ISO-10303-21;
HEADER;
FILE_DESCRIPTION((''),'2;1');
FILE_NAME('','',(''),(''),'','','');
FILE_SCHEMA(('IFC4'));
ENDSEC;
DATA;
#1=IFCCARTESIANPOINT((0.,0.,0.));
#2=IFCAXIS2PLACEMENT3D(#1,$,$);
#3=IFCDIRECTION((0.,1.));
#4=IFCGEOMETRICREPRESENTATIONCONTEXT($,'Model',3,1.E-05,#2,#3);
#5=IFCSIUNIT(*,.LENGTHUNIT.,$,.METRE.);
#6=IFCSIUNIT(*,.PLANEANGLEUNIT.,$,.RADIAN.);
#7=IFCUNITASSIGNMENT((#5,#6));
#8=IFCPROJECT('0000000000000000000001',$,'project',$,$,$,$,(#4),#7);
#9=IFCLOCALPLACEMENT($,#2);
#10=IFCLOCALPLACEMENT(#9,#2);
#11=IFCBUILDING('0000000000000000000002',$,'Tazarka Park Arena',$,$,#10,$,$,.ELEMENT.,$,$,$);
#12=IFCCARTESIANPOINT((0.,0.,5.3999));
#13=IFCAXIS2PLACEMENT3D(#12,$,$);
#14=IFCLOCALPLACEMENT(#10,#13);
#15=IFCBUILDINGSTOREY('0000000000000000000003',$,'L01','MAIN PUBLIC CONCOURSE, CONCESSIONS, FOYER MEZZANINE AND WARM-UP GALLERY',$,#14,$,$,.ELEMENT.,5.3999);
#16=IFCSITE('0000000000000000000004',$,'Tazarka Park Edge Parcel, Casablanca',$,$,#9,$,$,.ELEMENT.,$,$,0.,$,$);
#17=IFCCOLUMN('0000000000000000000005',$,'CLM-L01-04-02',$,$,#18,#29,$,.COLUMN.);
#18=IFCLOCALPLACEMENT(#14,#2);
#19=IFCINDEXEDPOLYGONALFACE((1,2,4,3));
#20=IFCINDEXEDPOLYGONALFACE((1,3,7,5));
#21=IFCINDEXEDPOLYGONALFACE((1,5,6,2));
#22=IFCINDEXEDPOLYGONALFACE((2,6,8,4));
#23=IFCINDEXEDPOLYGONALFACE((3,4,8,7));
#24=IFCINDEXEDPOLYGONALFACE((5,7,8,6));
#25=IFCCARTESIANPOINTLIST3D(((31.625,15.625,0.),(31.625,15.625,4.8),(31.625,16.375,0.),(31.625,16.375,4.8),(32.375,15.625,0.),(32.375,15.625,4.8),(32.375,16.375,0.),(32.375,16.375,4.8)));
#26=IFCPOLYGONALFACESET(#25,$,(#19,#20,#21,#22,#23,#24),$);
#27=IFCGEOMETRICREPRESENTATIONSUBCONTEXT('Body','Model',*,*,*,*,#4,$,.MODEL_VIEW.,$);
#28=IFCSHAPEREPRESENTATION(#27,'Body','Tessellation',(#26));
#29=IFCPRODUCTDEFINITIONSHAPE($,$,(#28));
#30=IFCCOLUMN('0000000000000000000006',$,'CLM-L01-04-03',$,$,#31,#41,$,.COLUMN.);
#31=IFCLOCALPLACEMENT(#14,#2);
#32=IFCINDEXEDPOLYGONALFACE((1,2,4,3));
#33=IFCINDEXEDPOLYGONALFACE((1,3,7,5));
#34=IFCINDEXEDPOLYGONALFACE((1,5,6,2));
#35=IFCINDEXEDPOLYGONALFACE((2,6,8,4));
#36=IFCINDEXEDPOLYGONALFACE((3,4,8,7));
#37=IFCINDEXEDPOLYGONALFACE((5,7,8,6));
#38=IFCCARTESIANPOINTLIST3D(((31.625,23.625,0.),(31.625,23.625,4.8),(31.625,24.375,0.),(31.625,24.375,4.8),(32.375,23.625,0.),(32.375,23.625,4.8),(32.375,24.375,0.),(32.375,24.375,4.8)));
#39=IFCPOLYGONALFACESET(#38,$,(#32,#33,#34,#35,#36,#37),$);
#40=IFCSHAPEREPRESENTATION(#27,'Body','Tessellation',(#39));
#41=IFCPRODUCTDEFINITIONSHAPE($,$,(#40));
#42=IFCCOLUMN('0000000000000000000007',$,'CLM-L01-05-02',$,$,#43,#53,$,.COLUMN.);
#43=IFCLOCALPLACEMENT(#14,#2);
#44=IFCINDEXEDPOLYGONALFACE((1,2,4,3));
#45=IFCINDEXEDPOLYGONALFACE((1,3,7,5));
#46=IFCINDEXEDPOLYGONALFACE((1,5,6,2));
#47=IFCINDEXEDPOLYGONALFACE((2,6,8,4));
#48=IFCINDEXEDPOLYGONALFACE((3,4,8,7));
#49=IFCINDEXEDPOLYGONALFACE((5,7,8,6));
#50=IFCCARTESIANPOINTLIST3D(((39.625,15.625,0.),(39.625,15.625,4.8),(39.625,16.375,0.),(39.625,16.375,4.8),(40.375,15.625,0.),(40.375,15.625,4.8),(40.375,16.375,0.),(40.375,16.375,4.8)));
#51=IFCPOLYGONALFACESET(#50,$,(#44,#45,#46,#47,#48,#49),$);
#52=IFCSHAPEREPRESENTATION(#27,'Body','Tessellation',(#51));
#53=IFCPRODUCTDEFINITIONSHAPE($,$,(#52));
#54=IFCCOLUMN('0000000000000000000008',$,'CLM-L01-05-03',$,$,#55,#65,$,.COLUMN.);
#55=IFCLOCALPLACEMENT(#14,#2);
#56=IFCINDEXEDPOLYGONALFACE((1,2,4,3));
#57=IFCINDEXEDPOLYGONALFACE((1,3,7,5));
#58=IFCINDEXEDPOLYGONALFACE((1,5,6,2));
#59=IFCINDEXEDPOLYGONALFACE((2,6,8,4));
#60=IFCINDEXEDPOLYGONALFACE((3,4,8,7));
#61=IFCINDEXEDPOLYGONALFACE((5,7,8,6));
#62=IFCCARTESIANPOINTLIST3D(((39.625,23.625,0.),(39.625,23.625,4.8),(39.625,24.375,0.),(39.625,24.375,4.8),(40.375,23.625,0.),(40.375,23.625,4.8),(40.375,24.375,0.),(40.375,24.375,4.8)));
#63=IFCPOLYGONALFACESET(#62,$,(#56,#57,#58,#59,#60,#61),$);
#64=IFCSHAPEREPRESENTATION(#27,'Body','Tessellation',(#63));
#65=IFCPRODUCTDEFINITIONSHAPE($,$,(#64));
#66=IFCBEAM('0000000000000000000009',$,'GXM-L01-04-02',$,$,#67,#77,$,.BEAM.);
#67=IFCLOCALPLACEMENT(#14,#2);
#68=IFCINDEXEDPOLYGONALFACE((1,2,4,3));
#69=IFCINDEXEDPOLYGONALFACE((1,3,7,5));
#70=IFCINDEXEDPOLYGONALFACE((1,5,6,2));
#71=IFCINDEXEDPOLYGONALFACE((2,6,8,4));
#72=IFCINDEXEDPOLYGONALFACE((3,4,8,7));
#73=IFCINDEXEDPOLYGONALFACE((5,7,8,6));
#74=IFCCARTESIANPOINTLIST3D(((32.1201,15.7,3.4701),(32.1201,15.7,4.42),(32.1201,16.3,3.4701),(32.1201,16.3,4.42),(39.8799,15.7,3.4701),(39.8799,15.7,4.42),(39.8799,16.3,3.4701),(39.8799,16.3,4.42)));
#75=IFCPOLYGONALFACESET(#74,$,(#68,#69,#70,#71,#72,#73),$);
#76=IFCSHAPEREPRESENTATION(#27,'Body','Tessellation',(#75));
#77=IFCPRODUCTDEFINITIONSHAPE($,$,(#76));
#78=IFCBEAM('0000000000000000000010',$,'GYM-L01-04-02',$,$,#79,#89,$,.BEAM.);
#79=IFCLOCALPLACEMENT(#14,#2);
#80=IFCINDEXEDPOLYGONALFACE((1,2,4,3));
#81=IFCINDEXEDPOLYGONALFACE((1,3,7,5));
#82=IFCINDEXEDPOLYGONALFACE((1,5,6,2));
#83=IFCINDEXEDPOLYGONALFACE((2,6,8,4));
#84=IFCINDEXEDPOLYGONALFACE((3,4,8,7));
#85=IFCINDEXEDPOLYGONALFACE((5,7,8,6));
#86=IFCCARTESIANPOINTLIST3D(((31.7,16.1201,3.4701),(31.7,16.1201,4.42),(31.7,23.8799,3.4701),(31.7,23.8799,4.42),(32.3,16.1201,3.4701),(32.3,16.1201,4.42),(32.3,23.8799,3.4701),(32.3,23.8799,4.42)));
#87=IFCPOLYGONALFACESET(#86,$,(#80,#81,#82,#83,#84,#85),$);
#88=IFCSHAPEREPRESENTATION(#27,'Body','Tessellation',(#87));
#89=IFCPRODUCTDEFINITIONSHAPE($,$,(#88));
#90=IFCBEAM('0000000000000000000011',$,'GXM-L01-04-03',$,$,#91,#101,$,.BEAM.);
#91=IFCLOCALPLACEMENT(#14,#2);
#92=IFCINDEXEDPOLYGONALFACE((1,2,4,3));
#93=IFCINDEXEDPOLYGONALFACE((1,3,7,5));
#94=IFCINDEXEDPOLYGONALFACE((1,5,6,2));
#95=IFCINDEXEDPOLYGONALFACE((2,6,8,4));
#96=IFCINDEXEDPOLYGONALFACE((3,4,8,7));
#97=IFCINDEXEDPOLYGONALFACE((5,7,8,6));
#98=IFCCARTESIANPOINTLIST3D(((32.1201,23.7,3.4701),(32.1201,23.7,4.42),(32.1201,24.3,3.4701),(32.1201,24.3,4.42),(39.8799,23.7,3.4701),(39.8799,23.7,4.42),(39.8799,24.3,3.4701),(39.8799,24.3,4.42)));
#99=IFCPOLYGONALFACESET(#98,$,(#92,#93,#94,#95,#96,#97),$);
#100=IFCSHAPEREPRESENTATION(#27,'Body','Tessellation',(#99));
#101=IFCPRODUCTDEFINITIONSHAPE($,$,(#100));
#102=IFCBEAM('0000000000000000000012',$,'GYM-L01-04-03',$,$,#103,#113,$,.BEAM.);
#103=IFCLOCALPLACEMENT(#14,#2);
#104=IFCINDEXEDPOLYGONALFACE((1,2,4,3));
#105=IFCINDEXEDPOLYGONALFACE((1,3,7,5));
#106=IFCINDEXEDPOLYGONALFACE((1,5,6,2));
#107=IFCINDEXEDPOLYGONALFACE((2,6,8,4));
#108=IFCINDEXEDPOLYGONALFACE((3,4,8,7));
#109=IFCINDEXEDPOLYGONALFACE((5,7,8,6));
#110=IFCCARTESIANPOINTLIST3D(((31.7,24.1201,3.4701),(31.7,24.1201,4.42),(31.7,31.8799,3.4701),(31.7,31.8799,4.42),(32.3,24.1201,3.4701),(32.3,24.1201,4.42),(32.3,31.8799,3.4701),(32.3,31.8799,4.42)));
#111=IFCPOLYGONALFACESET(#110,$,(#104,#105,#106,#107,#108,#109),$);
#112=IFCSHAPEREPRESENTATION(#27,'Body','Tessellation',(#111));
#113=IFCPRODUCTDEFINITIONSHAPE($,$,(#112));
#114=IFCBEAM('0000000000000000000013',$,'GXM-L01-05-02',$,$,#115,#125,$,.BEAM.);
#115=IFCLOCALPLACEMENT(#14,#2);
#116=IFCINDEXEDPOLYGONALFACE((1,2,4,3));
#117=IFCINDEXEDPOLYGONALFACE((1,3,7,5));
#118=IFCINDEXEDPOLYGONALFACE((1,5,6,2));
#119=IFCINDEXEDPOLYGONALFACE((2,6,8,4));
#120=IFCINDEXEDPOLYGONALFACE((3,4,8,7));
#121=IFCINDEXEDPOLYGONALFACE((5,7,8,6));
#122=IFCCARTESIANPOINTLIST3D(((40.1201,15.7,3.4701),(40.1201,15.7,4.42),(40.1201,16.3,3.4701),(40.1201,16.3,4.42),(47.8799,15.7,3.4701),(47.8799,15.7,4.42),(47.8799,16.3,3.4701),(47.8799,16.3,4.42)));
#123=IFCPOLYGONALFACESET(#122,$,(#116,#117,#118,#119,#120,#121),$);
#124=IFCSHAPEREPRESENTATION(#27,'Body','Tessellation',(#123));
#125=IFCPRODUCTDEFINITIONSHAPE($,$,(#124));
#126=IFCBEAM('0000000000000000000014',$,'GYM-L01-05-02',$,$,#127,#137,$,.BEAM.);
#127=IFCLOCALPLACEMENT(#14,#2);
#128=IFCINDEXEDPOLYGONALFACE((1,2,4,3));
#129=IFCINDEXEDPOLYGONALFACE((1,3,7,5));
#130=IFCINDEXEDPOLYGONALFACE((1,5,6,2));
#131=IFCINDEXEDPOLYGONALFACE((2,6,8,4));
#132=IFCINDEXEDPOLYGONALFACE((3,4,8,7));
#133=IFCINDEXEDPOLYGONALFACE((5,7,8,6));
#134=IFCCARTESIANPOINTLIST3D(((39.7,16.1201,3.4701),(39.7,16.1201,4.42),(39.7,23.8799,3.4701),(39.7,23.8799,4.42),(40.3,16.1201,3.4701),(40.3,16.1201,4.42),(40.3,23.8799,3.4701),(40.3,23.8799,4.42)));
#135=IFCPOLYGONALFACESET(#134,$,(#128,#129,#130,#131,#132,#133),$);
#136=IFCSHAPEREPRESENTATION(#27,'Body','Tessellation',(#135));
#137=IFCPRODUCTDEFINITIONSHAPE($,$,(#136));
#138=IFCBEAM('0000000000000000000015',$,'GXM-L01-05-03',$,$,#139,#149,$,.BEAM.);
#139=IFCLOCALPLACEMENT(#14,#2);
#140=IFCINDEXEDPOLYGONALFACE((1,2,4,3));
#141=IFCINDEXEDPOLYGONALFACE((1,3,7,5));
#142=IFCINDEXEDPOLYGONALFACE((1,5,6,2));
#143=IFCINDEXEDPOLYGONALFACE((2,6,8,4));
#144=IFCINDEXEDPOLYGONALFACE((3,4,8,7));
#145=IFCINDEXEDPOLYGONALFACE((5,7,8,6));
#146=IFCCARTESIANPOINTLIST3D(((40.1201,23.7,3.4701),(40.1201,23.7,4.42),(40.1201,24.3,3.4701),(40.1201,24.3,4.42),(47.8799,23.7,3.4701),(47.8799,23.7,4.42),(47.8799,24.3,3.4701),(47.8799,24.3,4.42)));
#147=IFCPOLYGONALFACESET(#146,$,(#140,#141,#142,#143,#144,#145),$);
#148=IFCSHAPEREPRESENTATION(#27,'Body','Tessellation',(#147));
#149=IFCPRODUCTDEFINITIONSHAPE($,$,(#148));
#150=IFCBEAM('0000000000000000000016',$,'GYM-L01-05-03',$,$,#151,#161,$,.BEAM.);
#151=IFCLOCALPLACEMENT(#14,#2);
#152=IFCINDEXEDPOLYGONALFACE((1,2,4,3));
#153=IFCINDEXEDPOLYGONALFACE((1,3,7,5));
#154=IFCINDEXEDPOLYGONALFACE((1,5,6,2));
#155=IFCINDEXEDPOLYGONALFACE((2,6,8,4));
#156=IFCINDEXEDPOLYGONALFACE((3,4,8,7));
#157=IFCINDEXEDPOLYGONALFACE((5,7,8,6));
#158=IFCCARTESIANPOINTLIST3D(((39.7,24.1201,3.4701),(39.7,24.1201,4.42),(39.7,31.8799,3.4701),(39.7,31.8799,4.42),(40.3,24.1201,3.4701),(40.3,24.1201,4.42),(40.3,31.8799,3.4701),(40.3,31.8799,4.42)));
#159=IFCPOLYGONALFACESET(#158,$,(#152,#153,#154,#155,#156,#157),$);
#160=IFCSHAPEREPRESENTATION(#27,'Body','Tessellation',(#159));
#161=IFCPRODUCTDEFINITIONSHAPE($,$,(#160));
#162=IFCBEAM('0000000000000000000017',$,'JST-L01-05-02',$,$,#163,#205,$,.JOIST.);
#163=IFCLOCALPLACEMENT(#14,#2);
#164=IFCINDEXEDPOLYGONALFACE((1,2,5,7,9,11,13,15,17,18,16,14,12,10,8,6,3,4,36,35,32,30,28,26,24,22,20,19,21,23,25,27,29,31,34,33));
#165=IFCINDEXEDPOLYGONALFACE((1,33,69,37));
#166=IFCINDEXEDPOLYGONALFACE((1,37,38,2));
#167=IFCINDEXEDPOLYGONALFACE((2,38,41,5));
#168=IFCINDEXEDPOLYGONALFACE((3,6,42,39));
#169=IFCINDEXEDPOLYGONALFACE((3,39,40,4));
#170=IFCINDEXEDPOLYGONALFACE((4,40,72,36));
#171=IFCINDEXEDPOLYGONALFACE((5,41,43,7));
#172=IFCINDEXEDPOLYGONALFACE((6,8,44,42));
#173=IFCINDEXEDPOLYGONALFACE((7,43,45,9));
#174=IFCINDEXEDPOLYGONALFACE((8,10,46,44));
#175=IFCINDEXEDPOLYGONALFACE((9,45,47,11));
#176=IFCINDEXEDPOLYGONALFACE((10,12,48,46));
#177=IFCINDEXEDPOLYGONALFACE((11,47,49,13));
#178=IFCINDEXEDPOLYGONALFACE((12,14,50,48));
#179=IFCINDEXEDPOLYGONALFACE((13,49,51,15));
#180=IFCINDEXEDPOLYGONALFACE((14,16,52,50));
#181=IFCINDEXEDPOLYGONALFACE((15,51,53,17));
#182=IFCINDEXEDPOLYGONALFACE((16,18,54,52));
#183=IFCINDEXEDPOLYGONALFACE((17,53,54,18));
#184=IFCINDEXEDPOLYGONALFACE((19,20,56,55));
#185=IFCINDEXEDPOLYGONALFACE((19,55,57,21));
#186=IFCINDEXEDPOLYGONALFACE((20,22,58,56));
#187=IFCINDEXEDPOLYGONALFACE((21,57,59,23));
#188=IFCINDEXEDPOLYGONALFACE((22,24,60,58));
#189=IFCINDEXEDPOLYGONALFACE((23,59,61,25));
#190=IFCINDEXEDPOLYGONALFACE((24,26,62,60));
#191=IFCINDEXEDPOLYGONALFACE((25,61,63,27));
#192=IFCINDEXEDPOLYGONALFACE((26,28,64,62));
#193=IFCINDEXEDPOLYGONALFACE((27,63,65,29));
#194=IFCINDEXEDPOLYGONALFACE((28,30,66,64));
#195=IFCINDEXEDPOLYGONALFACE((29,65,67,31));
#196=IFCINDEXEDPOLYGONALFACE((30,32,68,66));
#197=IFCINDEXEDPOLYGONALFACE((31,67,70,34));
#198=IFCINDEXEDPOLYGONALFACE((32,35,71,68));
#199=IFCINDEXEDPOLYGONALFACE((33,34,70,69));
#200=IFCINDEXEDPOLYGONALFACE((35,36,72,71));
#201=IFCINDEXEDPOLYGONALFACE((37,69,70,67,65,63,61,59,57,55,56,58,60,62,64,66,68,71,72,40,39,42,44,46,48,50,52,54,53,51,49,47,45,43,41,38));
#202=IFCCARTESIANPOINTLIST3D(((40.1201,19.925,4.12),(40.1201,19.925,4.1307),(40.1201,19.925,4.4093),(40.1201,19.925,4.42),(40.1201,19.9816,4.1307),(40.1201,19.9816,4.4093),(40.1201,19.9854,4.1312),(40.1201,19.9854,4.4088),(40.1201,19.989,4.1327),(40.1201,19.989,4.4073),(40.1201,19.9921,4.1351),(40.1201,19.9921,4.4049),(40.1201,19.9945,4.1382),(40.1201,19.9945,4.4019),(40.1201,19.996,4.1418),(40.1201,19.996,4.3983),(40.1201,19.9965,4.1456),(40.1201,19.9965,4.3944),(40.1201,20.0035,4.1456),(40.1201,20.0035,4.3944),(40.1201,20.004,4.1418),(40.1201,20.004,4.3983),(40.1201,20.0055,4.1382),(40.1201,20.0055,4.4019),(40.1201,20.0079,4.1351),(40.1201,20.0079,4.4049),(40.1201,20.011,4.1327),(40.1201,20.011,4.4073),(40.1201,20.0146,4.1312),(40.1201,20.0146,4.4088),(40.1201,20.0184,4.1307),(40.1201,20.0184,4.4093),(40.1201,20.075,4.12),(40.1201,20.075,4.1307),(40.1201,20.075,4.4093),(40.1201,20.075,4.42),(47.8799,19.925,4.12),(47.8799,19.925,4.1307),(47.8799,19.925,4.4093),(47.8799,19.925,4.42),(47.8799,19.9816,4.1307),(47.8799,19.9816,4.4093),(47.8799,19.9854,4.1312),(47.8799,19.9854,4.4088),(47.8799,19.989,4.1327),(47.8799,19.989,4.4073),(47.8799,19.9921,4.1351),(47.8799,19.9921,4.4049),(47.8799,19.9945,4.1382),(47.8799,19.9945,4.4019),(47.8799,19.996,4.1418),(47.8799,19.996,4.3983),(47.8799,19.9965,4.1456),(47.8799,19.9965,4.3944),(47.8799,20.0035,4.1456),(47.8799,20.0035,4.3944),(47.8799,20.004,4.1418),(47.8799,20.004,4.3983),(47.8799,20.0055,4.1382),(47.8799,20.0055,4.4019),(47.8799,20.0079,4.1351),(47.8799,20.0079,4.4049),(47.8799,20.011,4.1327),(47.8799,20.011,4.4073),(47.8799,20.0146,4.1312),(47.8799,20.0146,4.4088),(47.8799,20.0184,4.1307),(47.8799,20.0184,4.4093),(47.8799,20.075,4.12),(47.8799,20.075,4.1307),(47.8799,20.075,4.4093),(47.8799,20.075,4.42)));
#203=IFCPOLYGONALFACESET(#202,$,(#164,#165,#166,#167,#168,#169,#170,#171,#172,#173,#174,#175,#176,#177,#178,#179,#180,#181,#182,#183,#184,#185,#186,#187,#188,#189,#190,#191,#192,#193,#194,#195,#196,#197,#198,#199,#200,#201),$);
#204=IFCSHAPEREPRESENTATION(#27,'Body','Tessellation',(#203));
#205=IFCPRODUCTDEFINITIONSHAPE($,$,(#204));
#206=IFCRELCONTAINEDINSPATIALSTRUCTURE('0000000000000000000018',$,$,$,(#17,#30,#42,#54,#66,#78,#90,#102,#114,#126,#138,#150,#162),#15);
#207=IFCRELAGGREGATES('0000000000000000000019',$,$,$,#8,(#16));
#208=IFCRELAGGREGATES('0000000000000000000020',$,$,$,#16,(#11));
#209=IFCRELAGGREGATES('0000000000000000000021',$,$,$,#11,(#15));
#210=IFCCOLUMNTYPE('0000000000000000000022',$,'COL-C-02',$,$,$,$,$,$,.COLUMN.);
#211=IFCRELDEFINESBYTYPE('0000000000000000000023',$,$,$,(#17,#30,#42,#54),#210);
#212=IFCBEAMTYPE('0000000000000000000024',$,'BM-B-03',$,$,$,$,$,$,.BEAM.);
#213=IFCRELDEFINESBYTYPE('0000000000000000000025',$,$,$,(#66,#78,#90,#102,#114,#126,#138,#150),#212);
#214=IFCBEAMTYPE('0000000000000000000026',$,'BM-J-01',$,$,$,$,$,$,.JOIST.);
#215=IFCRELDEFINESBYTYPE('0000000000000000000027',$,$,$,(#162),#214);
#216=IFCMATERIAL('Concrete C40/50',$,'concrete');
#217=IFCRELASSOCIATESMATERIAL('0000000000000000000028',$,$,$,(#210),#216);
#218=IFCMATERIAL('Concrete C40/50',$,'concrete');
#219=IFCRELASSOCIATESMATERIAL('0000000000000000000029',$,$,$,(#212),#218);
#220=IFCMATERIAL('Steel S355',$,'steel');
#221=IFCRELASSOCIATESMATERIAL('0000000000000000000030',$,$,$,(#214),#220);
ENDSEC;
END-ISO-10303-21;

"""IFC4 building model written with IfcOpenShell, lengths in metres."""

from ifc_helpers import new_model, si_unit, direction, frame, origin, origin_2d, place, context, subcontext, project, spatial, rectangle, i_section, extrude, material, material_profile, profile_set, type_object, element, save


model = new_model("IFC4")

# Units and contexts
model_context = context("Model", 3, precision=1e-05, world=origin(), true_north=direction((0.0, 1.0)))
body_context = subcontext(model_context, "Body", "Model", "MODEL_VIEW")
ifc_project = project(units=[si_unit("LENGTHUNIT", "METRE"), si_unit("PLANEANGLEUNIT", "RADIAN")], contexts=[model_context])

# Site, building, storey
site_placement = place(None, origin())
site = spatial("IfcSite", under=ifc_project, at=site_placement, Name="Tazarka Park Edge Parcel, Casablanca", CompositionType="ELEMENT", RefElevation=0.0)
building_placement = place(site_placement, origin())
building = spatial("IfcBuilding", under=site, at=building_placement, Name="Tazarka Park Arena", CompositionType="ELEMENT")
storey_placement = place(building_placement, frame((0.0, 0.0, 5.3999)))
storey = spatial("IfcBuildingStorey", under=building, at=storey_placement, Name="L01", Description="MAIN PUBLIC CONCOURSE, CONCESSIONS, FOYER MEZZANINE AND WARM-UP GALLERY", CompositionType="ELEMENT", Elevation=5.3999)

# Columns
ifc_material_1 = material(Name="Concrete C40/50", Category="concrete")
ifc_material_profile_1 = material_profile(ifc_material_1, rectangle(XDim=0.75, YDim=0.75, at=origin_2d()), Name="Concrete C40/50")
ifc_profile_set_1 = profile_set([ifc_material_profile_1], Name="Concrete C40/50")
column_type = type_object("IfcColumnType", Name="COL-C-02", PredefinedType="COLUMN", material=ifc_profile_set_1)
for number, where, z_axis, x_axis, name in (
    (1, (32.0, 16.0, 0.0), (0.0, 0.0, 1.0), (1.0, 0.0, 0.0), "CLM-L01-04-02"),
    (2, (32.0, 24.0, 0.0), (0.0, 0.0, 1.0), (1.0, 0.0, 0.0), "CLM-L01-04-03"),
    (3, (40.0, 16.0, 0.0), (0.0, 0.0, 1.0), (1.0, 0.0, 0.0), "CLM-L01-05-02"),
    (4, (40.0, 24.0, 0.0), (0.0, 0.0, 1.0), (1.0, 0.0, 0.0), "CLM-L01-05-03"),
):
    element("IfcColumn", number, at=place(storey_placement, frame(where, z_axis=z_axis, x_axis=x_axis)), inside=storey, type_object=column_type, Name=name, PredefinedType="COLUMN", context=body_context, shape_type="SweptSolid", body=[
        extrude(rectangle(XDim=0.75, YDim=0.75, at=origin_2d()), origin(), (0.0, 0.0, 1.0), 4.8),
    ])

# Beams
ifc_material_2 = material(Name="Concrete C40/50", Category="concrete")
ifc_material_profile_2 = material_profile(ifc_material_2, rectangle(XDim=0.6001, YDim=0.95, at=origin_2d()), Name="Concrete C40/50")
ifc_profile_set_2 = profile_set([ifc_material_profile_2], Name="Concrete C40/50")
beam_type_1 = type_object("IfcBeamType", Name="BM-B-03", PredefinedType="BEAM", material=ifc_profile_set_2)
for number, where, z_axis, x_axis, name in (
    (5, (32.1201, 16.0, 3.9451), (1.0, 0.0, 0.0), (0.0, 1.0, 0.0), "GXM-L01-04-02"),
    (6, (32.0, 16.1201, 3.9451), (0.0, 1.0, 0.0), (-1.0, 0.0, 0.0), "GYM-L01-04-02"),
    (7, (32.1201, 24.0, 3.9451), (1.0, 0.0, 0.0), (0.0, 1.0, 0.0), "GXM-L01-04-03"),
    (8, (32.0, 24.1201, 3.9451), (0.0, 1.0, 0.0), (-1.0, 0.0, 0.0), "GYM-L01-04-03"),
    (9, (40.1201, 16.0, 3.9451), (1.0, 0.0, 0.0), (0.0, 1.0, 0.0), "GXM-L01-05-02"),
    (10, (40.0, 16.1201, 3.9451), (0.0, 1.0, 0.0), (-1.0, 0.0, 0.0), "GYM-L01-05-02"),
    (11, (40.1201, 24.0, 3.9451), (1.0, 0.0, 0.0), (0.0, 1.0, 0.0), "GXM-L01-05-03"),
    (12, (40.0, 24.1201, 3.9451), (0.0, 1.0, 0.0), (-1.0, 0.0, 0.0), "GYM-L01-05-03"),
):
    element("IfcBeam", number, at=place(storey_placement, frame(where, z_axis=z_axis, x_axis=x_axis)), inside=storey, type_object=beam_type_1, Name=name, PredefinedType="BEAM", context=body_context, shape_type="SweptSolid", body=[
        extrude(rectangle(XDim=0.6001, YDim=0.95, at=origin_2d()), origin(), (0.0, 0.0, 1.0), 7.7598),
    ])
ifc_material_3 = material(Name="Steel S355", Category="steel")
ifc_material_profile_3 = material_profile(ifc_material_3, i_section(OverallWidth=0.1499, OverallDepth=0.3, WebThickness=0.0071, FlangeThickness=0.0107, FilletRadius=0.0149, at=origin_2d()), Name="Steel S355")
ifc_profile_set_3 = profile_set([ifc_material_profile_3], Name="Steel S355")
beam_type_2 = type_object("IfcBeamType", Name="BM-J-01", PredefinedType="JOIST", material=ifc_profile_set_3)
beam_1_placement = place(storey_placement, frame((40.1201, 20.0, 4.27), z_axis=(1.0, 0.0, 0.0), x_axis=(0.0, 1.0, 0.0)))
element("IfcBeam", 13, at=beam_1_placement, inside=storey, type_object=beam_type_2, Name="JST-L01-05-02", PredefinedType="JOIST", context=body_context, shape_type="SweptSolid", body=[
    extrude(i_section(OverallWidth=0.1499, OverallDepth=0.3, WebThickness=0.0071, FlangeThickness=0.0107, FilletRadius=0.0149, at=origin_2d()), origin(), (0.0, 0.0, 1.0), 7.7598),
])

save(model, "model.ifc")
